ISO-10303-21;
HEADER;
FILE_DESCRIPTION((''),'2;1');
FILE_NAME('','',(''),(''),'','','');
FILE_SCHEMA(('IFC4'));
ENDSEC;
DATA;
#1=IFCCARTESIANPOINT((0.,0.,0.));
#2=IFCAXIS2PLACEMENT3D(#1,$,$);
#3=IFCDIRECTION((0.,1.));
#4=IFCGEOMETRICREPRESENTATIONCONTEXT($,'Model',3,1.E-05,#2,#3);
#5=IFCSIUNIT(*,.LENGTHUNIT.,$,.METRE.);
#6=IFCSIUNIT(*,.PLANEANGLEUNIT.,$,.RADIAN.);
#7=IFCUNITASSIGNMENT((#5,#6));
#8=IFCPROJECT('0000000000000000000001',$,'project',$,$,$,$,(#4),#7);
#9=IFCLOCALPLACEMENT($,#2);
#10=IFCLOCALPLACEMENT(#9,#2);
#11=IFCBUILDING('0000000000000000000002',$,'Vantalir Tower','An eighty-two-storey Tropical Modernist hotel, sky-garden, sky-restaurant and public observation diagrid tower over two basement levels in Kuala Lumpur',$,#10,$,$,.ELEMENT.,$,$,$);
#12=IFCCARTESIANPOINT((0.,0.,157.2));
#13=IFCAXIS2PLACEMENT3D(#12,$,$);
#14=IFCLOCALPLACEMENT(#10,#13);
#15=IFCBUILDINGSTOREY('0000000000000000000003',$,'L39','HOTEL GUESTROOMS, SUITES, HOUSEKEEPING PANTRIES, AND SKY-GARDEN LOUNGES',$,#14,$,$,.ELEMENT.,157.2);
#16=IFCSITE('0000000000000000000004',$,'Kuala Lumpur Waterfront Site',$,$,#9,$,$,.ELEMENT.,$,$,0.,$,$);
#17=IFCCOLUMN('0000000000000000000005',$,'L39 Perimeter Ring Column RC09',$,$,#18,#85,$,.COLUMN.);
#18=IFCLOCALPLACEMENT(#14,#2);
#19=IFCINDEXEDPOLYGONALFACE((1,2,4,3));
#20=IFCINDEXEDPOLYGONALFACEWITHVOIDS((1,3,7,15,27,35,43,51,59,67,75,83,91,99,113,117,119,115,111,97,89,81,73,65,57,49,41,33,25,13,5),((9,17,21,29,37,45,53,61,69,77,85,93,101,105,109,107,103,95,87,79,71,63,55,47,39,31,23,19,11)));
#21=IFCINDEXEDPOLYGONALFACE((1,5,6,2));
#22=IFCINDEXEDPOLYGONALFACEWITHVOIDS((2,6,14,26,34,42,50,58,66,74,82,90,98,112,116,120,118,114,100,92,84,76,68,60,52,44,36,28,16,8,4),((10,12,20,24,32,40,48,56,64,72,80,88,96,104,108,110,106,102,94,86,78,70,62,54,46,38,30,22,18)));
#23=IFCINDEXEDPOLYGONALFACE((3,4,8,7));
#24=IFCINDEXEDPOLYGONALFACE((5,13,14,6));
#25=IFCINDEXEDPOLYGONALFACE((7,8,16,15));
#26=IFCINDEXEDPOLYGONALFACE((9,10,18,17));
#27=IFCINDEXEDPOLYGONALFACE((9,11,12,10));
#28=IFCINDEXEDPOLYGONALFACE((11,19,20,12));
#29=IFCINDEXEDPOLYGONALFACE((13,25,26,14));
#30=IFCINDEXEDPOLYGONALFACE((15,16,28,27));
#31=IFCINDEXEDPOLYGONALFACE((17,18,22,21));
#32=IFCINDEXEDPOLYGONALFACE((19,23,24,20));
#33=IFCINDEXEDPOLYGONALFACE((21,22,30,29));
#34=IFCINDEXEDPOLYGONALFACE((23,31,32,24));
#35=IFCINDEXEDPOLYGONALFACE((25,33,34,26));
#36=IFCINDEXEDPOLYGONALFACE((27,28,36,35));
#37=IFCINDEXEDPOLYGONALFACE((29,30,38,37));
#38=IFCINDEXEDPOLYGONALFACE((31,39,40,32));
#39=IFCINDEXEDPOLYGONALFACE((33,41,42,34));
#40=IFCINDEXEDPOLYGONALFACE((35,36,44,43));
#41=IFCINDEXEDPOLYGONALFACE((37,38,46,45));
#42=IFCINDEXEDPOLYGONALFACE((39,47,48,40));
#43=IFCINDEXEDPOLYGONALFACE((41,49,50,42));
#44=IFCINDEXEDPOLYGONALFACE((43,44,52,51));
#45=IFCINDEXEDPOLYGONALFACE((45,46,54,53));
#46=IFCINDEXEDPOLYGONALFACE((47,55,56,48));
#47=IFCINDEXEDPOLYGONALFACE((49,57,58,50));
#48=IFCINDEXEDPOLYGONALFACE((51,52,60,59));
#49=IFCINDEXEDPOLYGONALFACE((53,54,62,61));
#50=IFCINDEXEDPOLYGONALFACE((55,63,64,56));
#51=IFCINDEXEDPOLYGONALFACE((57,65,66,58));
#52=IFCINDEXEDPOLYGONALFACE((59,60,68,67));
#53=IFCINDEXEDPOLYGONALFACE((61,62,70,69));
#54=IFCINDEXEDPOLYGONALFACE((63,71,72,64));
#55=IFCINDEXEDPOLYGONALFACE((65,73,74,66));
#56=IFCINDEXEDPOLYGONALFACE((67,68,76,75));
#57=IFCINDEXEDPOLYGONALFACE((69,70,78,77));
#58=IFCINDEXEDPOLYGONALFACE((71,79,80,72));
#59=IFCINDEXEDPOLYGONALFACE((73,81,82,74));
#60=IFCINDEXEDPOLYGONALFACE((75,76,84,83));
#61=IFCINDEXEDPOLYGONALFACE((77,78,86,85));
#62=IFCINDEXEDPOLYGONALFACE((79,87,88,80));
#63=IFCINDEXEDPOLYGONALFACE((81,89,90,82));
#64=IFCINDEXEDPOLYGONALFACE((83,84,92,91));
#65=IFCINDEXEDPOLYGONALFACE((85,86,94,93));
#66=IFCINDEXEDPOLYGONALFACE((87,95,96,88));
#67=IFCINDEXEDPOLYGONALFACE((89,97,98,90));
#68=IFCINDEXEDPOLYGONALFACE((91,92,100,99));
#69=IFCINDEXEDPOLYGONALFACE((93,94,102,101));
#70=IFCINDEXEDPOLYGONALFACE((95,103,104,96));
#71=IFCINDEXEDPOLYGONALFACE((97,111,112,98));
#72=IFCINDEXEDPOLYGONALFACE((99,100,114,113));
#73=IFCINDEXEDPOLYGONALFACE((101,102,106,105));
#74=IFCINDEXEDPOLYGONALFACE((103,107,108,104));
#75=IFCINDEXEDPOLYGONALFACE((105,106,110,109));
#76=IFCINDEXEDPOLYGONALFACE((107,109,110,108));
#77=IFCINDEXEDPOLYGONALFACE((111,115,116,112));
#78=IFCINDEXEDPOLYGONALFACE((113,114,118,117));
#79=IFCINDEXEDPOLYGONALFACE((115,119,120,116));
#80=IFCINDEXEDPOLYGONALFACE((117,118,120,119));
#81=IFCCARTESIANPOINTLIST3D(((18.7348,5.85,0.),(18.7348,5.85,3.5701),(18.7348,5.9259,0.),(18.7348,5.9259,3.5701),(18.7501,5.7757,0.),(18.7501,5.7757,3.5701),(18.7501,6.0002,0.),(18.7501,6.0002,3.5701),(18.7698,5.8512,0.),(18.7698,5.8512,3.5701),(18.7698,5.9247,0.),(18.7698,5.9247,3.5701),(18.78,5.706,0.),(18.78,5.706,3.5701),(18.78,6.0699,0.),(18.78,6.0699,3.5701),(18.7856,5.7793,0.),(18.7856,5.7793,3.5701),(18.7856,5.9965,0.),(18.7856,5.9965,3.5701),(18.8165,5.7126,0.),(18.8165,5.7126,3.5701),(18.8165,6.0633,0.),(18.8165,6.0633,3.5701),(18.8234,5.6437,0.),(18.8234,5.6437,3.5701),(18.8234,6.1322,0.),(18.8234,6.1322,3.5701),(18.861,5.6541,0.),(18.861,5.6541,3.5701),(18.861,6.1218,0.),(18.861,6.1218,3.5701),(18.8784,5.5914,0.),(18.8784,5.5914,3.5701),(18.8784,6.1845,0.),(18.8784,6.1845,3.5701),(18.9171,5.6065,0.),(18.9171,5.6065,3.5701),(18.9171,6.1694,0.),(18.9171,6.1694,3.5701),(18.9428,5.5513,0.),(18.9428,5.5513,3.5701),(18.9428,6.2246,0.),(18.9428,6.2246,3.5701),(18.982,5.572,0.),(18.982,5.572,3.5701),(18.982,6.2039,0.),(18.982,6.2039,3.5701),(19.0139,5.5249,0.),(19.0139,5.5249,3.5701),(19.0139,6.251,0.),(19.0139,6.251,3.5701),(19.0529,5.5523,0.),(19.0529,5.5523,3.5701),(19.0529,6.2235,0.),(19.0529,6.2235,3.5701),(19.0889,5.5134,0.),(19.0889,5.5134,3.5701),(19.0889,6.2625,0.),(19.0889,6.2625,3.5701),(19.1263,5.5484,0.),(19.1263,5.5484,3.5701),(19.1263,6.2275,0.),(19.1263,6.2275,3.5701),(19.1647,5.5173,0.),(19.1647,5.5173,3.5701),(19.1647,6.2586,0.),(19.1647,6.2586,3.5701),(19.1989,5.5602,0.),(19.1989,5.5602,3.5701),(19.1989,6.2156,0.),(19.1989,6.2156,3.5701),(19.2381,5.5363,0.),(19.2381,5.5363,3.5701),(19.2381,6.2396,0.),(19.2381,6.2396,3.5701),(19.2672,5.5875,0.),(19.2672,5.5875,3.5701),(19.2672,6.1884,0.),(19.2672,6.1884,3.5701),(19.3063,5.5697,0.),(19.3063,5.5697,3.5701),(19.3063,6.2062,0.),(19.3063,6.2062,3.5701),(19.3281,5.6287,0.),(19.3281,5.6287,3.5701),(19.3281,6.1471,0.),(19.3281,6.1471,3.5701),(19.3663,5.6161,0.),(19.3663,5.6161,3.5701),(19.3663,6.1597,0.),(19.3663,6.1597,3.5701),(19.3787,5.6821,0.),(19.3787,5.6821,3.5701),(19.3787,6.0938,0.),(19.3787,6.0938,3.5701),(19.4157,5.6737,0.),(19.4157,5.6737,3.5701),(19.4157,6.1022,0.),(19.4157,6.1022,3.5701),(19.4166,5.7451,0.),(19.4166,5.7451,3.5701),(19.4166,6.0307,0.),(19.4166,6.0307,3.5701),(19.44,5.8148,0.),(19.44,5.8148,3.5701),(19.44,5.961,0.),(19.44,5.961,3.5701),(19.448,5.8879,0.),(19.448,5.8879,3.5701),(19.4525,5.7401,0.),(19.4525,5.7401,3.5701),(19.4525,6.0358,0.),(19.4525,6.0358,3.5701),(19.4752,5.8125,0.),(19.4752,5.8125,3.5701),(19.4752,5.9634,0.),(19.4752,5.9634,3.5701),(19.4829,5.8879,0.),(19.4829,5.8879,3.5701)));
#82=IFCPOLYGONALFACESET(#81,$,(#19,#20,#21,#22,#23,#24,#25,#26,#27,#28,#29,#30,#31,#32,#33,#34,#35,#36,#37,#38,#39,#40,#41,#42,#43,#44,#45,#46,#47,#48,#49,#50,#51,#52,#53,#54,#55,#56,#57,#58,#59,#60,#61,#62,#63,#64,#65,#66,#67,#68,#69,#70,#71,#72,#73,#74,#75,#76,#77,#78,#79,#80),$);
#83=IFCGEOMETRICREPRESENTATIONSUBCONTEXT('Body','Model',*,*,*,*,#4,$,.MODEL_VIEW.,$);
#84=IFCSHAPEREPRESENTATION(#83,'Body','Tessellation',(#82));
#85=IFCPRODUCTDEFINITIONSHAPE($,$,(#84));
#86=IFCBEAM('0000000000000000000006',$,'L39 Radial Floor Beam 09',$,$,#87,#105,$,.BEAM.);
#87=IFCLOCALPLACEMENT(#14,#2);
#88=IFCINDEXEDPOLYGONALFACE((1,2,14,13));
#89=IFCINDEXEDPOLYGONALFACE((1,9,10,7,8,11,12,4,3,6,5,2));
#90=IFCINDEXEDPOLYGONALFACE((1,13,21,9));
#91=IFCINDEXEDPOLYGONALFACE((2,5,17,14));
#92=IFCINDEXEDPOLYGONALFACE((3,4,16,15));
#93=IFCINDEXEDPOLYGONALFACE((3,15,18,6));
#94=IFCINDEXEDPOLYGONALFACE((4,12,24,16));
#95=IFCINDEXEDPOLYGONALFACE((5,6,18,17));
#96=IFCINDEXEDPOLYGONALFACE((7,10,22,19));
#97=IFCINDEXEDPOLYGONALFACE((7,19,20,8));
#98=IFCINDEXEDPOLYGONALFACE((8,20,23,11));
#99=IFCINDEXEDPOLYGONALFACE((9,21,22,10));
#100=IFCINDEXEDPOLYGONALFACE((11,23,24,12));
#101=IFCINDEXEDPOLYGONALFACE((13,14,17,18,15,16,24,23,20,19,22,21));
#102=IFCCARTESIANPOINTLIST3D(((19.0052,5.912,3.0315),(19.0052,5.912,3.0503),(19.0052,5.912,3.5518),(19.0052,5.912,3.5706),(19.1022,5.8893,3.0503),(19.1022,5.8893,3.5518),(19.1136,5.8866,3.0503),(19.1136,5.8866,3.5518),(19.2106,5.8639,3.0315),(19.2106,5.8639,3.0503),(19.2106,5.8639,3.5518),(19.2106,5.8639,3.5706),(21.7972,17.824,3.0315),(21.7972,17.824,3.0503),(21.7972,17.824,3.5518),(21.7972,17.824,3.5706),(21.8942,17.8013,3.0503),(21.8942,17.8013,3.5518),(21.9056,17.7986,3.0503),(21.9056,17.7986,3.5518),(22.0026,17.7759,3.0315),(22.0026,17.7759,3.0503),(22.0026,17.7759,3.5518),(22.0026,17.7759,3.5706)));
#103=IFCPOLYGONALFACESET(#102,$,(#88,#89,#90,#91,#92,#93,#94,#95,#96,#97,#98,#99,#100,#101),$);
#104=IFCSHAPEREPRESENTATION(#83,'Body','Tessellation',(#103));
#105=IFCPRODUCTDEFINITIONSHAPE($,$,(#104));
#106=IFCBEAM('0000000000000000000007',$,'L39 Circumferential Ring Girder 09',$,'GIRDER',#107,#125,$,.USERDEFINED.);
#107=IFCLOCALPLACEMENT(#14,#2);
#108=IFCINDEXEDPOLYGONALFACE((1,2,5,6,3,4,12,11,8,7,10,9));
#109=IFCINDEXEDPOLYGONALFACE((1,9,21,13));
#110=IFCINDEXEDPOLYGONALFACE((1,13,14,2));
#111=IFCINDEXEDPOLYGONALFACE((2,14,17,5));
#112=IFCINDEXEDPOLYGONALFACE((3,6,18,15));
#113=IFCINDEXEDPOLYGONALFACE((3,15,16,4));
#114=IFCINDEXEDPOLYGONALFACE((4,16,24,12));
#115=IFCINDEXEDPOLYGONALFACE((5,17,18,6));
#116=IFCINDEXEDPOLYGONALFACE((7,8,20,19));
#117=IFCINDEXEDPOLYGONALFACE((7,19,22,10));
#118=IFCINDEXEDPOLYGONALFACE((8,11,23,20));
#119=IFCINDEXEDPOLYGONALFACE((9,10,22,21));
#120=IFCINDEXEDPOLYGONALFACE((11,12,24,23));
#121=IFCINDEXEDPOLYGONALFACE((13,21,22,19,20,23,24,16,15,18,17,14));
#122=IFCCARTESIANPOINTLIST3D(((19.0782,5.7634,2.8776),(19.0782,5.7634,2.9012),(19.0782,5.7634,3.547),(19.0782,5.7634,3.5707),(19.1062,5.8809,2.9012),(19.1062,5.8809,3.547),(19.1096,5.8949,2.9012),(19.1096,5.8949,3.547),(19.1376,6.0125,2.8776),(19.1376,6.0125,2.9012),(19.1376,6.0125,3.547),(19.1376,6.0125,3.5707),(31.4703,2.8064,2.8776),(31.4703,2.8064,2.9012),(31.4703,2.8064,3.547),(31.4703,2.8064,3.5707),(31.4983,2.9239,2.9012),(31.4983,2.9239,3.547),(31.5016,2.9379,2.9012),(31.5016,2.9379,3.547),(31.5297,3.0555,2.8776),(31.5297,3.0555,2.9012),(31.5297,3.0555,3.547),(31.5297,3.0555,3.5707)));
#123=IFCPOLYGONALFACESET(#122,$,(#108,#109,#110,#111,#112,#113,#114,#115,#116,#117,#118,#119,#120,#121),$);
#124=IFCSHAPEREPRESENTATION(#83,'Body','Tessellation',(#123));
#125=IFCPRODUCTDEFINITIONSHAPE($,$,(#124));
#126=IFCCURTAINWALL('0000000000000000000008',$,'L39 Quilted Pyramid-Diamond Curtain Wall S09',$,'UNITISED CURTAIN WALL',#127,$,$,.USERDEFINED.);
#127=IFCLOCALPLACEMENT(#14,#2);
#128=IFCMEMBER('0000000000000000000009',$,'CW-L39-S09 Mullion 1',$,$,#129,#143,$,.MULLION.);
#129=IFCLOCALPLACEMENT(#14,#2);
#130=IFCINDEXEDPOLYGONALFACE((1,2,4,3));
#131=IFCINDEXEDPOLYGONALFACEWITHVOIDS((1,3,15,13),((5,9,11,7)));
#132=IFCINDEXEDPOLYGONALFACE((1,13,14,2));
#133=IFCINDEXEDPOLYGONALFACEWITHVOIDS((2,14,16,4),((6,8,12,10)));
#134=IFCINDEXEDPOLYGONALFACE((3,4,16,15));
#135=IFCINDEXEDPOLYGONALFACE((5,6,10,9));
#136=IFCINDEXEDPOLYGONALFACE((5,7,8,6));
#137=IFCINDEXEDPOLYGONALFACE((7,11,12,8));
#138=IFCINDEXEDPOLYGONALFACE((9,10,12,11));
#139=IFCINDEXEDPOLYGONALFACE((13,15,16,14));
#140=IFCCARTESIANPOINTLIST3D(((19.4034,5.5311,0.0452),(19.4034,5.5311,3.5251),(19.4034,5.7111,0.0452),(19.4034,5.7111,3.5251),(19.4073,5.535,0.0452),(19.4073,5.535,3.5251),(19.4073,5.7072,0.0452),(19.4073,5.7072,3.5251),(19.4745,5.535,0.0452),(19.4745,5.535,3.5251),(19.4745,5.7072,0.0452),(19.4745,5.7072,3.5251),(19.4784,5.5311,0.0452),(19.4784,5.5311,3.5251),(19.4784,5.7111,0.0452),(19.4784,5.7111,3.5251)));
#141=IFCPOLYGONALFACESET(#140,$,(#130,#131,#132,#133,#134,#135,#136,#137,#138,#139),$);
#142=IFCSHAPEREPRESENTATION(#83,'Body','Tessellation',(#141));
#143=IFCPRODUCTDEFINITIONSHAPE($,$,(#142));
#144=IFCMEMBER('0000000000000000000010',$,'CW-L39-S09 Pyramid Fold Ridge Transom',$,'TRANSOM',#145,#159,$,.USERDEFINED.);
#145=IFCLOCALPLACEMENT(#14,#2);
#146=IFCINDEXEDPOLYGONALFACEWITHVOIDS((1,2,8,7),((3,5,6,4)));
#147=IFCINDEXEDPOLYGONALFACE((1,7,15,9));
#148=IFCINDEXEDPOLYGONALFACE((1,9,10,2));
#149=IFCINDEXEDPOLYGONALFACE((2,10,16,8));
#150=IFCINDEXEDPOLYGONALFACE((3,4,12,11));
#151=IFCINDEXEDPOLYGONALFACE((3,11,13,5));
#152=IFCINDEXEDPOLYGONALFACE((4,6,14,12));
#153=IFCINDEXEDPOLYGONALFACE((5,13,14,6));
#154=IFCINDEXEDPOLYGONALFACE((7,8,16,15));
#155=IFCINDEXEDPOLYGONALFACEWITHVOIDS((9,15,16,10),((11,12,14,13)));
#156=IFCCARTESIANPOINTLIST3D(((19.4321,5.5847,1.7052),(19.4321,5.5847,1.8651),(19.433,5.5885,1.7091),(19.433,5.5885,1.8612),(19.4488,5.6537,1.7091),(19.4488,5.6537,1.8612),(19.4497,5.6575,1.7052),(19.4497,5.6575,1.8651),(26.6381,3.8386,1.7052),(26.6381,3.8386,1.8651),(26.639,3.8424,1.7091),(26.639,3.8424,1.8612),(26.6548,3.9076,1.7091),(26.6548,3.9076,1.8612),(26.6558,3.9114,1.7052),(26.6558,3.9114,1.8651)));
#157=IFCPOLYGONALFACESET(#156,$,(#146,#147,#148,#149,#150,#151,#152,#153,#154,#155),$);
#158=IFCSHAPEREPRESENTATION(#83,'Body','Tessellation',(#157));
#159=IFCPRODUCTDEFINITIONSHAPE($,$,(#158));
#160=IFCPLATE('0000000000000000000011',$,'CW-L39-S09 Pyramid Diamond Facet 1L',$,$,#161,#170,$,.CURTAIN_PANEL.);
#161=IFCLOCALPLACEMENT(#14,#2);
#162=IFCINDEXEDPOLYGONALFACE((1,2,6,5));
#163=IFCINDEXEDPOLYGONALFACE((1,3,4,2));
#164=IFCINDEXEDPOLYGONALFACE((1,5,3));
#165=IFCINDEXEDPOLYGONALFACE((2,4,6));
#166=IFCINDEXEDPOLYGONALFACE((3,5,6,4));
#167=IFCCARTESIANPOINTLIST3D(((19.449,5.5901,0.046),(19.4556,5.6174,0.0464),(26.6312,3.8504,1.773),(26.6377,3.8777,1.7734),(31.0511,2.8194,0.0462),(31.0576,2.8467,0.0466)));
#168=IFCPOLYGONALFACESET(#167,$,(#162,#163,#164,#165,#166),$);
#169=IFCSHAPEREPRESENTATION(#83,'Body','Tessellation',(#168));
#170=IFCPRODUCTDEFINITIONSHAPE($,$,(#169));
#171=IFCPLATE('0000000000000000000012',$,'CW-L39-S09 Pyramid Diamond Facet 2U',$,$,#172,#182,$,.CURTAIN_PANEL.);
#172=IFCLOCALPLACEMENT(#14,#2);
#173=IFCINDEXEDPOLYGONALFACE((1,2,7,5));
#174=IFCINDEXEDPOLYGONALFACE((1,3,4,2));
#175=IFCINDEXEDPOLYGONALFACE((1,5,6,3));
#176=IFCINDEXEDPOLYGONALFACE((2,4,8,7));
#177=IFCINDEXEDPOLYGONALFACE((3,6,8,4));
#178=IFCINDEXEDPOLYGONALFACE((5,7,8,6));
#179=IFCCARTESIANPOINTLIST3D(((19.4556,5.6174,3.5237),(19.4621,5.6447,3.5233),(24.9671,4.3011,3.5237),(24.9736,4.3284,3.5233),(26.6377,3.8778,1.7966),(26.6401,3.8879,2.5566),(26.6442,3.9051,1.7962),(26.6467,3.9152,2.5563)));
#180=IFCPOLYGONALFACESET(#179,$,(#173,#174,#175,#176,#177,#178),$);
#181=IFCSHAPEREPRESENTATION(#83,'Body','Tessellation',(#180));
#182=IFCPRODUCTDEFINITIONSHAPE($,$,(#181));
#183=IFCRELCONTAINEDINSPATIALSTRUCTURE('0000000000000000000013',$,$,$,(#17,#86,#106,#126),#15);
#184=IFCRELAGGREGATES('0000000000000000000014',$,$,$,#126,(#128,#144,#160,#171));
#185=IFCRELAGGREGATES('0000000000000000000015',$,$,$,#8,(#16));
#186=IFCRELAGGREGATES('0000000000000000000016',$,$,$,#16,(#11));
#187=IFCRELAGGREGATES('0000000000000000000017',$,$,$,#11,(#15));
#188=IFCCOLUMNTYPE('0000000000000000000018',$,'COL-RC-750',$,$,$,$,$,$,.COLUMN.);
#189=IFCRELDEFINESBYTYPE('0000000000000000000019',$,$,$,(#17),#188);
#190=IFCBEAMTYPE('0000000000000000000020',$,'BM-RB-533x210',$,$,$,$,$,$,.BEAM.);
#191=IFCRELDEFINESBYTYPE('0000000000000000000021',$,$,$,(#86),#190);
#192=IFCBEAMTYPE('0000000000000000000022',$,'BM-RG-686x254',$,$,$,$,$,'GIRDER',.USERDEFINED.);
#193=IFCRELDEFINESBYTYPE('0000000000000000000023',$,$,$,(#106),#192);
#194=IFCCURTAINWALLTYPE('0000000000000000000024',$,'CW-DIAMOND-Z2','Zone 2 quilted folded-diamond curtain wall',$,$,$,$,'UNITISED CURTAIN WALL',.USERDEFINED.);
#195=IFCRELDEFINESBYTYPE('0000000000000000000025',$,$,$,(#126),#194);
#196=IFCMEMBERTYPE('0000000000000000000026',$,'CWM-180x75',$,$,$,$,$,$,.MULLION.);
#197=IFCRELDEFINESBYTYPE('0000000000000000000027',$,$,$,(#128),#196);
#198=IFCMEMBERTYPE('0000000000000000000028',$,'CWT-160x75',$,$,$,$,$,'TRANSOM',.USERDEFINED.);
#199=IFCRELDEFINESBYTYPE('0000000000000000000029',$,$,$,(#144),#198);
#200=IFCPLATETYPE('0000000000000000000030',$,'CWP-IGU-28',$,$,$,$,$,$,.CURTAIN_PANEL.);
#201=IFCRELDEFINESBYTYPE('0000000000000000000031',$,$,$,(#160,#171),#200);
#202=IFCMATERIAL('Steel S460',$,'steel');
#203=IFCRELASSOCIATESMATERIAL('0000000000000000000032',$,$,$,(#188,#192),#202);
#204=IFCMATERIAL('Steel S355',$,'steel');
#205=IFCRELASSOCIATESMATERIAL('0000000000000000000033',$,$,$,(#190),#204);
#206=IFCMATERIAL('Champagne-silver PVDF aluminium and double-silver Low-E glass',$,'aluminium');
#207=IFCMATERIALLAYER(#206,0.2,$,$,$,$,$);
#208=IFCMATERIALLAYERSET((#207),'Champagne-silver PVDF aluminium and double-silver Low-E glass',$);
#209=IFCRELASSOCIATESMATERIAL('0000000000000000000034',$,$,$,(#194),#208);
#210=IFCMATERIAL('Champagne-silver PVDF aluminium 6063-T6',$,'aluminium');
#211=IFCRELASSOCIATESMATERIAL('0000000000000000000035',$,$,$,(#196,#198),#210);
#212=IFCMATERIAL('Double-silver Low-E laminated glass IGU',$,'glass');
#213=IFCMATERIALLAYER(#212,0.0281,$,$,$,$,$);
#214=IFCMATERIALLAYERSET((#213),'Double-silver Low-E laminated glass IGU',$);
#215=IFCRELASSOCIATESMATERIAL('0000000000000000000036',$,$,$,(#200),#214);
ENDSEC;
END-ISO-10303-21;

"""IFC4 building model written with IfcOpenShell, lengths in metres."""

from ifc_helpers import new_model, si_unit, direction, frame, origin, origin_2d, place, context, subcontext, project, spatial, polyline, hollow_rectangle, hollow_circle, i_section, outline, extrude, material, layer, layer_set, material_profile, profile_set, type_object, element, aggregate, save


model = new_model("IFC4")

# Units and contexts
model_context = context("Model", 3, precision=1e-05, world=origin(), true_north=direction((0.0, 1.0)))
body_context = subcontext(model_context, "Body", "Model", "MODEL_VIEW")
ifc_project = project(units=[si_unit("LENGTHUNIT", "METRE"), si_unit("PLANEANGLEUNIT", "RADIAN")], contexts=[model_context])

# Site, building, storey
site_placement = place(None, origin())
site = spatial("IfcSite", under=ifc_project, at=site_placement, Name="Kuala Lumpur Waterfront Site", CompositionType="ELEMENT", RefElevation=0.0)
building_placement = place(site_placement, origin())
building = spatial("IfcBuilding", under=site, at=building_placement, Name="Vantalir Tower", Description="An eighty-two-storey Tropical Modernist hotel, sky-garden, sky-restaurant and public observation diagrid tower over two basement levels in Kuala Lumpur", CompositionType="ELEMENT")
storey_placement = place(building_placement, frame((0.0, 0.0, 157.2)))
storey = spatial("IfcBuildingStorey", under=building, at=storey_placement, Name="L39", Description="HOTEL GUESTROOMS, SUITES, HOUSEKEEPING PANTRIES, AND SKY-GARDEN LOUNGES", CompositionType="ELEMENT", Elevation=157.2)

# Column
ifc_material_1 = material(Name="Steel S460", Category="steel")
ifc_material_profile_1 = material_profile(ifc_material_1, hollow_circle(Radius=0.375, WallThickness=0.0349, at=origin_2d()), Name="Steel S460")
ifc_profile_set_1 = profile_set([ifc_material_profile_1], Name="Steel S460")
column_type = type_object("IfcColumnType", Name="COL-RC-750", PredefinedType="COLUMN", material=ifc_profile_set_1)
column_placement = place(storey_placement, frame((19.1079, 5.8879, 0.0), z_axis=(0.0, 0.0, 1.0), x_axis=(1.0, 0.0, 0.0)))
element("IfcColumn", 1, at=column_placement, inside=storey, type_object=column_type, Name="L39 Perimeter Ring Column RC09", PredefinedType="COLUMN", context=body_context, shape_type="SweptSolid", body=[
    extrude(hollow_circle(Radius=0.375, WallThickness=0.0349, at=origin_2d()), origin(), (0.0, 0.0, 1.0), 3.5701),
])

# Beams
ifc_material_2 = material(Name="Steel S355", Category="steel")
ifc_material_profile_2 = material_profile(ifc_material_2, i_section(OverallWidth=0.2109, OverallDepth=0.5391, WebThickness=0.0117, FlangeThickness=0.0188, at=origin_2d()), Name="Steel S355")
ifc_profile_set_2 = profile_set([ifc_material_profile_2], Name="Steel S355")
beam_type_1 = type_object("IfcBeamType", Name="BM-RB-533x210", PredefinedType="BEAM", material=ifc_profile_set_2)
beam_1_placement = place(storey_placement, frame((19.1079, 5.8879, 3.301), z_axis=(0.228198, 0.973615, 0.0), x_axis=(-0.973615, 0.228198, 0.0)))
element("IfcBeam", 2, at=beam_1_placement, inside=storey, type_object=beam_type_1, Name="L39 Radial Floor Beam 09", PredefinedType="BEAM", context=body_context, shape_type="SweptSolid", body=[
    extrude(i_section(OverallWidth=0.2109, OverallDepth=0.5391, WebThickness=0.0117, FlangeThickness=0.0188, at=origin_2d()), origin(), (0.0, 0.0, 1.0), 12.2349),
])
ifc_material_profile_3 = material_profile(ifc_material_1, i_section(OverallWidth=0.2561, OverallDepth=0.6931, WebThickness=0.0144, FlangeThickness=0.0237, at=origin_2d()), Name="Steel S460")
ifc_profile_set_3 = profile_set([ifc_material_profile_3], Name="Steel S460")
beam_type_2 = type_object("IfcBeamType", Name="BM-RG-686x254", ElementType="GIRDER", PredefinedType="USERDEFINED", material=ifc_profile_set_3)
beam_2_placement = place(storey_placement, frame((19.1079, 5.8879, 3.2241), z_axis=(0.972691, -0.232106, 0.0), x_axis=(0.232106, 0.972691, 0.0)))
element("IfcBeam", 3, at=beam_2_placement, inside=storey, type_object=beam_type_2, Name="L39 Circumferential Ring Girder 09", ObjectType="GIRDER", PredefinedType="USERDEFINED", context=body_context, shape_type="SweptSolid", body=[
    extrude(i_section(OverallWidth=0.2561, OverallDepth=0.6931, WebThickness=0.0144, FlangeThickness=0.0237, at=origin_2d()), origin(), (0.0, 0.0, 1.0), 12.74),
])

# Curtain wall, members, plates
ifc_material_3 = material(Name="Champagne-silver PVDF aluminium and double-silver Low-E glass", Category="aluminium")
ifc_layer_1 = layer(ifc_material_3, 0.2)
ifc_layer_set_1 = layer_set([ifc_layer_1], Name="Champagne-silver PVDF aluminium and double-silver Low-E glass")
curtain_wall_type = type_object("IfcCurtainWallType", Name="CW-DIAMOND-Z2", Description="Zone 2 quilted folded-diamond curtain wall", ElementType="UNITISED CURTAIN WALL", PredefinedType="USERDEFINED", material=ifc_layer_set_1)
curtain_wall_placement = place(storey_placement, origin())
curtain_wall = element("IfcCurtainWall", 4, at=curtain_wall_placement, inside=storey, type_object=curtain_wall_type, Name="L39 Quilted Pyramid-Diamond Curtain Wall S09", ObjectType="UNITISED CURTAIN WALL", PredefinedType="USERDEFINED")
ifc_material_4 = material(Name="Champagne-silver PVDF aluminium 6063-T6", Category="aluminium")
ifc_material_profile_4 = material_profile(ifc_material_4, hollow_rectangle(XDim=0.075, YDim=0.1799, WallThickness=0.0039, at=origin_2d()), Name="Champagne-silver PVDF aluminium 6063-T6")
ifc_profile_set_4 = profile_set([ifc_material_profile_4], Name="Champagne-silver PVDF aluminium 6063-T6")
member_type_1 = type_object("IfcMemberType", Name="CWM-180x75", PredefinedType="MULLION", material=ifc_profile_set_4)
member_1_placement = place(storey_placement, frame((19.4409, 5.6211, 0.0452), z_axis=(0.0, 0.0, 1.0), x_axis=(1.0, 0.0, 0.0)))
member_1 = element("IfcMember", 5, at=member_1_placement, type_object=member_type_1, Name="CW-L39-S09 Mullion 1", PredefinedType="MULLION", context=body_context, shape_type="SweptSolid", body=[
    extrude(hollow_rectangle(XDim=0.075, YDim=0.1799, WallThickness=0.0039, at=origin_2d()), origin(), (0.0, 0.0, 1.0), 3.48),
])
ifc_material_profile_5 = material_profile(ifc_material_4, hollow_rectangle(XDim=0.075, YDim=0.1599, WallThickness=0.0039, at=origin_2d()), Name="Champagne-silver PVDF aluminium 6063-T6")
ifc_profile_set_5 = profile_set([ifc_material_profile_5], Name="Champagne-silver PVDF aluminium 6063-T6")
member_type_2 = type_object("IfcMemberType", Name="CWT-160x75", ElementType="TRANSOM", PredefinedType="USERDEFINED", material=ifc_profile_set_5)
member_2_placement = place(storey_placement, frame((19.4409, 5.6211, 1.7852), z_axis=(0.971876, -0.235494, 0.0), x_axis=(0.235494, 0.971876, 0.0)))
member_2 = element("IfcMember", 6, at=member_2_placement, type_object=member_type_2, Name="CW-L39-S09 Pyramid Fold Ridge Transom", ObjectType="TRANSOM", PredefinedType="USERDEFINED", context=body_context, shape_type="SweptSolid", body=[
    extrude(hollow_rectangle(XDim=0.075, YDim=0.1599, WallThickness=0.0039, at=origin_2d()), origin(), (0.0, 0.0, 1.0), 7.4146),
])
ifc_material_5 = material(Name="Double-silver Low-E laminated glass IGU", Category="glass")
ifc_layer_2 = layer(ifc_material_5, 0.0281)
ifc_layer_set_2 = layer_set([ifc_layer_2], Name="Double-silver Low-E laminated glass IGU")
plate_type_1 = type_object("IfcPlateType", Name="CWP-IGU-28", PredefinedType="CURTAIN_PANEL", material=ifc_layer_set_2)
plate_1_placement = place(storey_placement, frame((19.4556, 5.6174, 0.0464), z_axis=(0.232261, 0.972555, 0.013821), x_axis=(0.972648, -0.232284, 0.00002)))
plate_1 = element("IfcPlate", 7, at=plate_1_placement, type_object=plate_type_1, Name="CW-L39-S09 Pyramid Diamond Facet 1L", PredefinedType="CURTAIN_PANEL", context=body_context, shape_type="SweptSolid", body=[
    extrude(outline(polyline([(0.0, 0.0), (11.9283, 0.0), (7.3898, -1.7271), (0.0, 0.0)])), origin(), (0.0, 0.0, -1.0), 0.0281),
])
plate_2_placement = place(storey_placement, frame((19.4556, 5.6174, 3.5237), z_axis=(-0.232271, -0.972554, 0.013709), x_axis=(0.972646, -0.232293, 0.0)))
plate_2 = element("IfcPlate", 8, at=plate_2_placement, type_object=plate_type_1, Name="CW-L39-S09 Pyramid Diamond Facet 2U", PredefinedType="CURTAIN_PANEL", context=body_context, shape_type="SweptSolid", body=[
    extrude(outline(polyline([(0.0, 0.0), (5.6665, 0.0), (7.3898, -0.9671), (7.3898, -1.7272), (0.0, 0.0)])), origin(), (0.0, 0.0, -1.0), 0.0281),
])
aggregate(curtain_wall, [member_1, member_2, plate_1, plate_2])

save(model, "model.ifc")
